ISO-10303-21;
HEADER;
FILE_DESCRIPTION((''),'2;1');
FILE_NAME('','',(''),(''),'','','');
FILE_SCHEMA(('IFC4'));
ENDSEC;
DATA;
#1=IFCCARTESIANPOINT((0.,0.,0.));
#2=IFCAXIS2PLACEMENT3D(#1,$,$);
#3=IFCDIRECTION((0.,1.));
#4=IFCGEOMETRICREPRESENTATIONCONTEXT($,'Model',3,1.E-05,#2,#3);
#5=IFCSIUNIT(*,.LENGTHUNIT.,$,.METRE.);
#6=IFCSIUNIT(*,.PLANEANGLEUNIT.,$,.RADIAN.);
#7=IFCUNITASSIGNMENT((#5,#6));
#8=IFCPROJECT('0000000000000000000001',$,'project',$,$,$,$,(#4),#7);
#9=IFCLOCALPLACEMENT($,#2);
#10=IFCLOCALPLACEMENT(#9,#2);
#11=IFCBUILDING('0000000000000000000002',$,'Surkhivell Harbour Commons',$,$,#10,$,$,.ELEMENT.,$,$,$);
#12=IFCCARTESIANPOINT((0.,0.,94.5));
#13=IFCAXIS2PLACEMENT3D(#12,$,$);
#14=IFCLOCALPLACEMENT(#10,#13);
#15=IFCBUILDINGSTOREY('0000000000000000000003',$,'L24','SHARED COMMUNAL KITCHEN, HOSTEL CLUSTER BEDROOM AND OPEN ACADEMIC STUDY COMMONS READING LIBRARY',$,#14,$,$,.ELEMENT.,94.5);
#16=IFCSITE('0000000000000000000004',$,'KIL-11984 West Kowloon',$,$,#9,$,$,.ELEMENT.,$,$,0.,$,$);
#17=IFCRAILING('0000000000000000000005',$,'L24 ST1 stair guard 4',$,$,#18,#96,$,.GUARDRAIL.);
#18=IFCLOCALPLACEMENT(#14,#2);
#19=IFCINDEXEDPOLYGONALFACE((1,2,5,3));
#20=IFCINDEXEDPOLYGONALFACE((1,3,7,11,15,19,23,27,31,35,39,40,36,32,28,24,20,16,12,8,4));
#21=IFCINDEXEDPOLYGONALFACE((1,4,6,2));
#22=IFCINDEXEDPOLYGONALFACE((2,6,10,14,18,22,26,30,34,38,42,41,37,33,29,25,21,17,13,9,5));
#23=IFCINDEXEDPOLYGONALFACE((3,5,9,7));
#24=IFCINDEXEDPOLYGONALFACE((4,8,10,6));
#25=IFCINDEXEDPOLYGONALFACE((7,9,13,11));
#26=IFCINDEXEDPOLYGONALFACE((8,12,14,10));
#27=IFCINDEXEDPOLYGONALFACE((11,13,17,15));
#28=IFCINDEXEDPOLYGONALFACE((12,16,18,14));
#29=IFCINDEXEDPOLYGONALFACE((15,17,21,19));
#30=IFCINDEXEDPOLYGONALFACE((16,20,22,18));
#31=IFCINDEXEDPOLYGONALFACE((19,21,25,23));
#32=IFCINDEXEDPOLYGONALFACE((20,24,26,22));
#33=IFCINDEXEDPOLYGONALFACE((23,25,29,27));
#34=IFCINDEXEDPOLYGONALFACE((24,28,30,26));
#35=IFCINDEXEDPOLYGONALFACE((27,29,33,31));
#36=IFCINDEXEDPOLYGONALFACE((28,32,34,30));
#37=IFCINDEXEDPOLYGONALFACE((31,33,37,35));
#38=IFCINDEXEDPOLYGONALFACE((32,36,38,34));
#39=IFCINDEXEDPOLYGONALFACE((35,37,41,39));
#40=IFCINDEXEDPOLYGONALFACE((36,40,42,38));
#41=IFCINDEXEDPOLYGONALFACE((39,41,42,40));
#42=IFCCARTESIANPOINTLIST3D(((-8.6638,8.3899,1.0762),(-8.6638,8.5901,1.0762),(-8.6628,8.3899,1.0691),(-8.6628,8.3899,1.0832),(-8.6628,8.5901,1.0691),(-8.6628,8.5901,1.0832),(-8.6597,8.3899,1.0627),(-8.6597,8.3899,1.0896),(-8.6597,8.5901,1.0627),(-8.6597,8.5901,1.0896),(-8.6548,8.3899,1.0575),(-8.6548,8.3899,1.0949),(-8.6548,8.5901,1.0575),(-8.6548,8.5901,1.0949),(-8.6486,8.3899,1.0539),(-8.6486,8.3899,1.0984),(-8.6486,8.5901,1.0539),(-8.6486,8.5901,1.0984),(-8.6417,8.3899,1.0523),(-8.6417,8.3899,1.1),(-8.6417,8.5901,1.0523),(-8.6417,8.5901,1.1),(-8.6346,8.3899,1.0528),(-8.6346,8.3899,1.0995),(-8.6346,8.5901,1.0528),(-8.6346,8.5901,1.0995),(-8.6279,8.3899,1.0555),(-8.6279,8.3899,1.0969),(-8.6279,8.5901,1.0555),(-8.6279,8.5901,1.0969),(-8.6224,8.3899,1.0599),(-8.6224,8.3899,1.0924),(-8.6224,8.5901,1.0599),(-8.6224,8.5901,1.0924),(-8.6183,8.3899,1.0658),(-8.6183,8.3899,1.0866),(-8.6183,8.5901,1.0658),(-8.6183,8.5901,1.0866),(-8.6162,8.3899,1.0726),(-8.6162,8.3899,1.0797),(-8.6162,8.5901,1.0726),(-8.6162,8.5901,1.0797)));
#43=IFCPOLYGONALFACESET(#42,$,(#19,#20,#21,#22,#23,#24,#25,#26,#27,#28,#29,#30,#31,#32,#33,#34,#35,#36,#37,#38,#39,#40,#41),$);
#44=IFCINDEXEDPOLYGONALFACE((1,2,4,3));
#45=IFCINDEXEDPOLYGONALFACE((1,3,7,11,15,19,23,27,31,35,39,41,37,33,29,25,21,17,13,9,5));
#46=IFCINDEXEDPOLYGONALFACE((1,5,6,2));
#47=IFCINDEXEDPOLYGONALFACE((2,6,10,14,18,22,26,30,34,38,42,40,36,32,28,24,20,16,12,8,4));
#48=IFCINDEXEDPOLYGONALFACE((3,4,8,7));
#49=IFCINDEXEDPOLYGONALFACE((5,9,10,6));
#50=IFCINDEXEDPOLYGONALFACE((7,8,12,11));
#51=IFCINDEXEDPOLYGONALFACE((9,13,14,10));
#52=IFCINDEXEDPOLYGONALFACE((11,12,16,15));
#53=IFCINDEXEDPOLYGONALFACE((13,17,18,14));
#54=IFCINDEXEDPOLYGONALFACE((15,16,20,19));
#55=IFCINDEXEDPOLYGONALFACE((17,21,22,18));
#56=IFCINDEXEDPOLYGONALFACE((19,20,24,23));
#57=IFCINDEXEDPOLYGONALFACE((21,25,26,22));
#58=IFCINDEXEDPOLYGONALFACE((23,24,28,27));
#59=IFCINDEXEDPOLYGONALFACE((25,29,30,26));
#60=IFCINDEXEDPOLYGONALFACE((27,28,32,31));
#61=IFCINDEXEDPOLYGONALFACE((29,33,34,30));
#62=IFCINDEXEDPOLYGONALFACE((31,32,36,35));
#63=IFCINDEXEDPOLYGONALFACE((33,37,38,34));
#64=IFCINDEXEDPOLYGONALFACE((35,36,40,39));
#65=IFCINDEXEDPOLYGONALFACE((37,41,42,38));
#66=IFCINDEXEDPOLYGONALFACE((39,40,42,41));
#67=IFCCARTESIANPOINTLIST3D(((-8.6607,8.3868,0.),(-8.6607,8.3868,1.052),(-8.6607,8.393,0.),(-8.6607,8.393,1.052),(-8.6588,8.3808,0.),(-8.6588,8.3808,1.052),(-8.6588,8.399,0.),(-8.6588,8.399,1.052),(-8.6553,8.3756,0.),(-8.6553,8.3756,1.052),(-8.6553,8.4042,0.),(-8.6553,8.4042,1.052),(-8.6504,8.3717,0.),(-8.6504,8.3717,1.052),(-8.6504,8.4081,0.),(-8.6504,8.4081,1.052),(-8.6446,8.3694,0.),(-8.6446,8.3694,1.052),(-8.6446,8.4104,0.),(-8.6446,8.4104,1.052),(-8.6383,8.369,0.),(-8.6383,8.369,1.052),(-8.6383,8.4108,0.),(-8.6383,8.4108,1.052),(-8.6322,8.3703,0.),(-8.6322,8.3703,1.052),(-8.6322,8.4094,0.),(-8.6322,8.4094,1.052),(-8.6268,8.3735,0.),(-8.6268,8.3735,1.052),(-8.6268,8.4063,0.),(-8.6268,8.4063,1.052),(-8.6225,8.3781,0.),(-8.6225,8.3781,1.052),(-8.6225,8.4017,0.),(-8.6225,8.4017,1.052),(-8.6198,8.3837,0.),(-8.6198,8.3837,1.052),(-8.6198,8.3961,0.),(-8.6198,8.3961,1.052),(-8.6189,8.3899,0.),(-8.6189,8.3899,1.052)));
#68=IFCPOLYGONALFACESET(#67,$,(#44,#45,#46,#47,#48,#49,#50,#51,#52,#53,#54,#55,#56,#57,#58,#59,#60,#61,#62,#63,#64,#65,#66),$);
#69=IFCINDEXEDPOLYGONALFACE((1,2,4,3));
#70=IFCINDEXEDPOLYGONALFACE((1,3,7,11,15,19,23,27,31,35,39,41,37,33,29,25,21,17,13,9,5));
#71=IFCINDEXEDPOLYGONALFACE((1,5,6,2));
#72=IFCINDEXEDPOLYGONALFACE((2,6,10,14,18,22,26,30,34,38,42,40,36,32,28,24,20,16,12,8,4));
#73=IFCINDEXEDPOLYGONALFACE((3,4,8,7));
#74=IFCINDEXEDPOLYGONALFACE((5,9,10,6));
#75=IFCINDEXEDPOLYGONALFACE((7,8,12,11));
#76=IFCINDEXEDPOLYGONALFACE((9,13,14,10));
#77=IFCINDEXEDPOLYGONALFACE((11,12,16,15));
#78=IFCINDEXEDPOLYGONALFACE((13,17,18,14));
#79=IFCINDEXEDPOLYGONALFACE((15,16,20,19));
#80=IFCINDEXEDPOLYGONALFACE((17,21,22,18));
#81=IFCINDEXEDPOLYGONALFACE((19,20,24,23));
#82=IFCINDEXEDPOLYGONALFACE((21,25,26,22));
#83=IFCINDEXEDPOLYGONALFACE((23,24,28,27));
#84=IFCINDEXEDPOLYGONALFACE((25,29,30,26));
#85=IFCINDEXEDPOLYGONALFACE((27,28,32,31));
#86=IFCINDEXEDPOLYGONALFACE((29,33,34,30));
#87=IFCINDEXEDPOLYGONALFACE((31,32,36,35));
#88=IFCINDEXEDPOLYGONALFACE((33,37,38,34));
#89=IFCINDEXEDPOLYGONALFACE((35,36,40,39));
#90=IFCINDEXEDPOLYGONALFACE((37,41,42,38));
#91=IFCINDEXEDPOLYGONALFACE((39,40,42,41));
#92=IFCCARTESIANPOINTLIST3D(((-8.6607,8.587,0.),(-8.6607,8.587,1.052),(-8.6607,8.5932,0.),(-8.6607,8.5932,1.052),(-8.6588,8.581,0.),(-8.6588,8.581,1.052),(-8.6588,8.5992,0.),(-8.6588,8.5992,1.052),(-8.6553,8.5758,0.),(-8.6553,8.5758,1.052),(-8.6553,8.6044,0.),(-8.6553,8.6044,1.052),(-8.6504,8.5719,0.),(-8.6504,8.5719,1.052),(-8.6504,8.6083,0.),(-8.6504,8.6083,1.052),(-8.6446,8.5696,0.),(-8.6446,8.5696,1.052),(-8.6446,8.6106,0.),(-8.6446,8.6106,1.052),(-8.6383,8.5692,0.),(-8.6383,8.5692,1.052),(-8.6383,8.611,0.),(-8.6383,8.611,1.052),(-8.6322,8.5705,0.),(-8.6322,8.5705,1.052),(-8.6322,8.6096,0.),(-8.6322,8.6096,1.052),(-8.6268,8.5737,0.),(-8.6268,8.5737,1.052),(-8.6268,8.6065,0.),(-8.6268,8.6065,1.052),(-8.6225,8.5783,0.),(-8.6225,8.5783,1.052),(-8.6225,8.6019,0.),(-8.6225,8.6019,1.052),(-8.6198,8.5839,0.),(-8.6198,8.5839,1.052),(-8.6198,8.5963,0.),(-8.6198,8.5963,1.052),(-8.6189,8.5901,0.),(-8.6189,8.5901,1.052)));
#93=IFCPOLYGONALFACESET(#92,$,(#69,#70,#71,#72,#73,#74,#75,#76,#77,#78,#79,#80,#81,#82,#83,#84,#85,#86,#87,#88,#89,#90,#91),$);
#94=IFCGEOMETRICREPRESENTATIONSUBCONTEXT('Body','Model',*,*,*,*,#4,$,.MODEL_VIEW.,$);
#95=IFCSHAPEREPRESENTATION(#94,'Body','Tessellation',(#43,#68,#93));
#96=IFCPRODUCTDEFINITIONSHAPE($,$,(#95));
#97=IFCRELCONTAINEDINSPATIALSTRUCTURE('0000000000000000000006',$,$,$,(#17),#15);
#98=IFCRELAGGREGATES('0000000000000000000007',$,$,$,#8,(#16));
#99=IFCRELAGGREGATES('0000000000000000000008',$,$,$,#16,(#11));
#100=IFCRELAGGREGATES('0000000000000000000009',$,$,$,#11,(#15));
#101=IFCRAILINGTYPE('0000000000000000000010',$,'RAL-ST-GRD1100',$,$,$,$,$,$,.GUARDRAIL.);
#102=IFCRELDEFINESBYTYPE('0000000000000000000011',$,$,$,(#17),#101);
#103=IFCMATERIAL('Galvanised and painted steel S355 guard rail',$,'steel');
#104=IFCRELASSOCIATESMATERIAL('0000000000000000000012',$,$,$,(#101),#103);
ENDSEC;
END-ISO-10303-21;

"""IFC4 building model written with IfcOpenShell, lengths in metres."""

from ifc_helpers import new_model, si_unit, direction, frame, origin, origin_2d, place, context, subcontext, project, spatial, circle, extrude, material, type_object, element, save


model = new_model("IFC4")

# Units and contexts
model_context = context("Model", 3, precision=1e-05, world=origin(), true_north=direction((0.0, 1.0)))
body_context = subcontext(model_context, "Body", "Model", "MODEL_VIEW")
ifc_project = project(units=[si_unit("LENGTHUNIT", "METRE"), si_unit("PLANEANGLEUNIT", "RADIAN")], contexts=[model_context])

# Site, building, storey
site_placement = place(None, origin())
site = spatial("IfcSite", under=ifc_project, at=site_placement, Name="KIL-11984 West Kowloon", CompositionType="ELEMENT", RefElevation=0.0)
building_placement = place(site_placement, origin())
building = spatial("IfcBuilding", under=site, at=building_placement, Name="Surkhivell Harbour Commons", CompositionType="ELEMENT")
storey_placement = place(building_placement, frame((0.0, 0.0, 94.5)))
storey = spatial("IfcBuildingStorey", under=building, at=storey_placement, Name="L24", Description="SHARED COMMUNAL KITCHEN, HOSTEL CLUSTER BEDROOM AND OPEN ACADEMIC STUDY COMMONS READING LIBRARY", CompositionType="ELEMENT", Elevation=94.5)

# Railing
ifc_material_1 = material(Name="Galvanised and painted steel S355 guard rail", Category="steel")
railing_type_1 = type_object("IfcRailingType", Name="RAL-ST-GRD1100", PredefinedType="GUARDRAIL", material=ifc_material_1)
railing_1_placement = place(storey_placement, frame((-8.6399, 8.3899, 0.0)))
element("IfcRailing", 1, at=railing_1_placement, inside=storey, type_object=railing_type_1, Name="L24 ST1 stair guard 4", PredefinedType="GUARDRAIL", context=body_context, shape_type="SweptSolid", body=[
    extrude(circle(Radius=0.0239, at=origin_2d()), frame((0.0, 0.0, 1.0762), z_axis=(0.0, 1.0, 0.0), x_axis=(-1.0, 0.0, 0.0)), (0.0, 0.0, 1.0), 0.2002),
    extrude(circle(Radius=0.021, at=origin_2d()), origin(), (0.0, 0.0, 1.0), 1.052),
    extrude(circle(Radius=0.021, at=origin_2d()), frame((0.0, 0.2002, 0.0)), (0.0, 0.0, 1.0), 1.052),
])

save(model, "model.ifc")
